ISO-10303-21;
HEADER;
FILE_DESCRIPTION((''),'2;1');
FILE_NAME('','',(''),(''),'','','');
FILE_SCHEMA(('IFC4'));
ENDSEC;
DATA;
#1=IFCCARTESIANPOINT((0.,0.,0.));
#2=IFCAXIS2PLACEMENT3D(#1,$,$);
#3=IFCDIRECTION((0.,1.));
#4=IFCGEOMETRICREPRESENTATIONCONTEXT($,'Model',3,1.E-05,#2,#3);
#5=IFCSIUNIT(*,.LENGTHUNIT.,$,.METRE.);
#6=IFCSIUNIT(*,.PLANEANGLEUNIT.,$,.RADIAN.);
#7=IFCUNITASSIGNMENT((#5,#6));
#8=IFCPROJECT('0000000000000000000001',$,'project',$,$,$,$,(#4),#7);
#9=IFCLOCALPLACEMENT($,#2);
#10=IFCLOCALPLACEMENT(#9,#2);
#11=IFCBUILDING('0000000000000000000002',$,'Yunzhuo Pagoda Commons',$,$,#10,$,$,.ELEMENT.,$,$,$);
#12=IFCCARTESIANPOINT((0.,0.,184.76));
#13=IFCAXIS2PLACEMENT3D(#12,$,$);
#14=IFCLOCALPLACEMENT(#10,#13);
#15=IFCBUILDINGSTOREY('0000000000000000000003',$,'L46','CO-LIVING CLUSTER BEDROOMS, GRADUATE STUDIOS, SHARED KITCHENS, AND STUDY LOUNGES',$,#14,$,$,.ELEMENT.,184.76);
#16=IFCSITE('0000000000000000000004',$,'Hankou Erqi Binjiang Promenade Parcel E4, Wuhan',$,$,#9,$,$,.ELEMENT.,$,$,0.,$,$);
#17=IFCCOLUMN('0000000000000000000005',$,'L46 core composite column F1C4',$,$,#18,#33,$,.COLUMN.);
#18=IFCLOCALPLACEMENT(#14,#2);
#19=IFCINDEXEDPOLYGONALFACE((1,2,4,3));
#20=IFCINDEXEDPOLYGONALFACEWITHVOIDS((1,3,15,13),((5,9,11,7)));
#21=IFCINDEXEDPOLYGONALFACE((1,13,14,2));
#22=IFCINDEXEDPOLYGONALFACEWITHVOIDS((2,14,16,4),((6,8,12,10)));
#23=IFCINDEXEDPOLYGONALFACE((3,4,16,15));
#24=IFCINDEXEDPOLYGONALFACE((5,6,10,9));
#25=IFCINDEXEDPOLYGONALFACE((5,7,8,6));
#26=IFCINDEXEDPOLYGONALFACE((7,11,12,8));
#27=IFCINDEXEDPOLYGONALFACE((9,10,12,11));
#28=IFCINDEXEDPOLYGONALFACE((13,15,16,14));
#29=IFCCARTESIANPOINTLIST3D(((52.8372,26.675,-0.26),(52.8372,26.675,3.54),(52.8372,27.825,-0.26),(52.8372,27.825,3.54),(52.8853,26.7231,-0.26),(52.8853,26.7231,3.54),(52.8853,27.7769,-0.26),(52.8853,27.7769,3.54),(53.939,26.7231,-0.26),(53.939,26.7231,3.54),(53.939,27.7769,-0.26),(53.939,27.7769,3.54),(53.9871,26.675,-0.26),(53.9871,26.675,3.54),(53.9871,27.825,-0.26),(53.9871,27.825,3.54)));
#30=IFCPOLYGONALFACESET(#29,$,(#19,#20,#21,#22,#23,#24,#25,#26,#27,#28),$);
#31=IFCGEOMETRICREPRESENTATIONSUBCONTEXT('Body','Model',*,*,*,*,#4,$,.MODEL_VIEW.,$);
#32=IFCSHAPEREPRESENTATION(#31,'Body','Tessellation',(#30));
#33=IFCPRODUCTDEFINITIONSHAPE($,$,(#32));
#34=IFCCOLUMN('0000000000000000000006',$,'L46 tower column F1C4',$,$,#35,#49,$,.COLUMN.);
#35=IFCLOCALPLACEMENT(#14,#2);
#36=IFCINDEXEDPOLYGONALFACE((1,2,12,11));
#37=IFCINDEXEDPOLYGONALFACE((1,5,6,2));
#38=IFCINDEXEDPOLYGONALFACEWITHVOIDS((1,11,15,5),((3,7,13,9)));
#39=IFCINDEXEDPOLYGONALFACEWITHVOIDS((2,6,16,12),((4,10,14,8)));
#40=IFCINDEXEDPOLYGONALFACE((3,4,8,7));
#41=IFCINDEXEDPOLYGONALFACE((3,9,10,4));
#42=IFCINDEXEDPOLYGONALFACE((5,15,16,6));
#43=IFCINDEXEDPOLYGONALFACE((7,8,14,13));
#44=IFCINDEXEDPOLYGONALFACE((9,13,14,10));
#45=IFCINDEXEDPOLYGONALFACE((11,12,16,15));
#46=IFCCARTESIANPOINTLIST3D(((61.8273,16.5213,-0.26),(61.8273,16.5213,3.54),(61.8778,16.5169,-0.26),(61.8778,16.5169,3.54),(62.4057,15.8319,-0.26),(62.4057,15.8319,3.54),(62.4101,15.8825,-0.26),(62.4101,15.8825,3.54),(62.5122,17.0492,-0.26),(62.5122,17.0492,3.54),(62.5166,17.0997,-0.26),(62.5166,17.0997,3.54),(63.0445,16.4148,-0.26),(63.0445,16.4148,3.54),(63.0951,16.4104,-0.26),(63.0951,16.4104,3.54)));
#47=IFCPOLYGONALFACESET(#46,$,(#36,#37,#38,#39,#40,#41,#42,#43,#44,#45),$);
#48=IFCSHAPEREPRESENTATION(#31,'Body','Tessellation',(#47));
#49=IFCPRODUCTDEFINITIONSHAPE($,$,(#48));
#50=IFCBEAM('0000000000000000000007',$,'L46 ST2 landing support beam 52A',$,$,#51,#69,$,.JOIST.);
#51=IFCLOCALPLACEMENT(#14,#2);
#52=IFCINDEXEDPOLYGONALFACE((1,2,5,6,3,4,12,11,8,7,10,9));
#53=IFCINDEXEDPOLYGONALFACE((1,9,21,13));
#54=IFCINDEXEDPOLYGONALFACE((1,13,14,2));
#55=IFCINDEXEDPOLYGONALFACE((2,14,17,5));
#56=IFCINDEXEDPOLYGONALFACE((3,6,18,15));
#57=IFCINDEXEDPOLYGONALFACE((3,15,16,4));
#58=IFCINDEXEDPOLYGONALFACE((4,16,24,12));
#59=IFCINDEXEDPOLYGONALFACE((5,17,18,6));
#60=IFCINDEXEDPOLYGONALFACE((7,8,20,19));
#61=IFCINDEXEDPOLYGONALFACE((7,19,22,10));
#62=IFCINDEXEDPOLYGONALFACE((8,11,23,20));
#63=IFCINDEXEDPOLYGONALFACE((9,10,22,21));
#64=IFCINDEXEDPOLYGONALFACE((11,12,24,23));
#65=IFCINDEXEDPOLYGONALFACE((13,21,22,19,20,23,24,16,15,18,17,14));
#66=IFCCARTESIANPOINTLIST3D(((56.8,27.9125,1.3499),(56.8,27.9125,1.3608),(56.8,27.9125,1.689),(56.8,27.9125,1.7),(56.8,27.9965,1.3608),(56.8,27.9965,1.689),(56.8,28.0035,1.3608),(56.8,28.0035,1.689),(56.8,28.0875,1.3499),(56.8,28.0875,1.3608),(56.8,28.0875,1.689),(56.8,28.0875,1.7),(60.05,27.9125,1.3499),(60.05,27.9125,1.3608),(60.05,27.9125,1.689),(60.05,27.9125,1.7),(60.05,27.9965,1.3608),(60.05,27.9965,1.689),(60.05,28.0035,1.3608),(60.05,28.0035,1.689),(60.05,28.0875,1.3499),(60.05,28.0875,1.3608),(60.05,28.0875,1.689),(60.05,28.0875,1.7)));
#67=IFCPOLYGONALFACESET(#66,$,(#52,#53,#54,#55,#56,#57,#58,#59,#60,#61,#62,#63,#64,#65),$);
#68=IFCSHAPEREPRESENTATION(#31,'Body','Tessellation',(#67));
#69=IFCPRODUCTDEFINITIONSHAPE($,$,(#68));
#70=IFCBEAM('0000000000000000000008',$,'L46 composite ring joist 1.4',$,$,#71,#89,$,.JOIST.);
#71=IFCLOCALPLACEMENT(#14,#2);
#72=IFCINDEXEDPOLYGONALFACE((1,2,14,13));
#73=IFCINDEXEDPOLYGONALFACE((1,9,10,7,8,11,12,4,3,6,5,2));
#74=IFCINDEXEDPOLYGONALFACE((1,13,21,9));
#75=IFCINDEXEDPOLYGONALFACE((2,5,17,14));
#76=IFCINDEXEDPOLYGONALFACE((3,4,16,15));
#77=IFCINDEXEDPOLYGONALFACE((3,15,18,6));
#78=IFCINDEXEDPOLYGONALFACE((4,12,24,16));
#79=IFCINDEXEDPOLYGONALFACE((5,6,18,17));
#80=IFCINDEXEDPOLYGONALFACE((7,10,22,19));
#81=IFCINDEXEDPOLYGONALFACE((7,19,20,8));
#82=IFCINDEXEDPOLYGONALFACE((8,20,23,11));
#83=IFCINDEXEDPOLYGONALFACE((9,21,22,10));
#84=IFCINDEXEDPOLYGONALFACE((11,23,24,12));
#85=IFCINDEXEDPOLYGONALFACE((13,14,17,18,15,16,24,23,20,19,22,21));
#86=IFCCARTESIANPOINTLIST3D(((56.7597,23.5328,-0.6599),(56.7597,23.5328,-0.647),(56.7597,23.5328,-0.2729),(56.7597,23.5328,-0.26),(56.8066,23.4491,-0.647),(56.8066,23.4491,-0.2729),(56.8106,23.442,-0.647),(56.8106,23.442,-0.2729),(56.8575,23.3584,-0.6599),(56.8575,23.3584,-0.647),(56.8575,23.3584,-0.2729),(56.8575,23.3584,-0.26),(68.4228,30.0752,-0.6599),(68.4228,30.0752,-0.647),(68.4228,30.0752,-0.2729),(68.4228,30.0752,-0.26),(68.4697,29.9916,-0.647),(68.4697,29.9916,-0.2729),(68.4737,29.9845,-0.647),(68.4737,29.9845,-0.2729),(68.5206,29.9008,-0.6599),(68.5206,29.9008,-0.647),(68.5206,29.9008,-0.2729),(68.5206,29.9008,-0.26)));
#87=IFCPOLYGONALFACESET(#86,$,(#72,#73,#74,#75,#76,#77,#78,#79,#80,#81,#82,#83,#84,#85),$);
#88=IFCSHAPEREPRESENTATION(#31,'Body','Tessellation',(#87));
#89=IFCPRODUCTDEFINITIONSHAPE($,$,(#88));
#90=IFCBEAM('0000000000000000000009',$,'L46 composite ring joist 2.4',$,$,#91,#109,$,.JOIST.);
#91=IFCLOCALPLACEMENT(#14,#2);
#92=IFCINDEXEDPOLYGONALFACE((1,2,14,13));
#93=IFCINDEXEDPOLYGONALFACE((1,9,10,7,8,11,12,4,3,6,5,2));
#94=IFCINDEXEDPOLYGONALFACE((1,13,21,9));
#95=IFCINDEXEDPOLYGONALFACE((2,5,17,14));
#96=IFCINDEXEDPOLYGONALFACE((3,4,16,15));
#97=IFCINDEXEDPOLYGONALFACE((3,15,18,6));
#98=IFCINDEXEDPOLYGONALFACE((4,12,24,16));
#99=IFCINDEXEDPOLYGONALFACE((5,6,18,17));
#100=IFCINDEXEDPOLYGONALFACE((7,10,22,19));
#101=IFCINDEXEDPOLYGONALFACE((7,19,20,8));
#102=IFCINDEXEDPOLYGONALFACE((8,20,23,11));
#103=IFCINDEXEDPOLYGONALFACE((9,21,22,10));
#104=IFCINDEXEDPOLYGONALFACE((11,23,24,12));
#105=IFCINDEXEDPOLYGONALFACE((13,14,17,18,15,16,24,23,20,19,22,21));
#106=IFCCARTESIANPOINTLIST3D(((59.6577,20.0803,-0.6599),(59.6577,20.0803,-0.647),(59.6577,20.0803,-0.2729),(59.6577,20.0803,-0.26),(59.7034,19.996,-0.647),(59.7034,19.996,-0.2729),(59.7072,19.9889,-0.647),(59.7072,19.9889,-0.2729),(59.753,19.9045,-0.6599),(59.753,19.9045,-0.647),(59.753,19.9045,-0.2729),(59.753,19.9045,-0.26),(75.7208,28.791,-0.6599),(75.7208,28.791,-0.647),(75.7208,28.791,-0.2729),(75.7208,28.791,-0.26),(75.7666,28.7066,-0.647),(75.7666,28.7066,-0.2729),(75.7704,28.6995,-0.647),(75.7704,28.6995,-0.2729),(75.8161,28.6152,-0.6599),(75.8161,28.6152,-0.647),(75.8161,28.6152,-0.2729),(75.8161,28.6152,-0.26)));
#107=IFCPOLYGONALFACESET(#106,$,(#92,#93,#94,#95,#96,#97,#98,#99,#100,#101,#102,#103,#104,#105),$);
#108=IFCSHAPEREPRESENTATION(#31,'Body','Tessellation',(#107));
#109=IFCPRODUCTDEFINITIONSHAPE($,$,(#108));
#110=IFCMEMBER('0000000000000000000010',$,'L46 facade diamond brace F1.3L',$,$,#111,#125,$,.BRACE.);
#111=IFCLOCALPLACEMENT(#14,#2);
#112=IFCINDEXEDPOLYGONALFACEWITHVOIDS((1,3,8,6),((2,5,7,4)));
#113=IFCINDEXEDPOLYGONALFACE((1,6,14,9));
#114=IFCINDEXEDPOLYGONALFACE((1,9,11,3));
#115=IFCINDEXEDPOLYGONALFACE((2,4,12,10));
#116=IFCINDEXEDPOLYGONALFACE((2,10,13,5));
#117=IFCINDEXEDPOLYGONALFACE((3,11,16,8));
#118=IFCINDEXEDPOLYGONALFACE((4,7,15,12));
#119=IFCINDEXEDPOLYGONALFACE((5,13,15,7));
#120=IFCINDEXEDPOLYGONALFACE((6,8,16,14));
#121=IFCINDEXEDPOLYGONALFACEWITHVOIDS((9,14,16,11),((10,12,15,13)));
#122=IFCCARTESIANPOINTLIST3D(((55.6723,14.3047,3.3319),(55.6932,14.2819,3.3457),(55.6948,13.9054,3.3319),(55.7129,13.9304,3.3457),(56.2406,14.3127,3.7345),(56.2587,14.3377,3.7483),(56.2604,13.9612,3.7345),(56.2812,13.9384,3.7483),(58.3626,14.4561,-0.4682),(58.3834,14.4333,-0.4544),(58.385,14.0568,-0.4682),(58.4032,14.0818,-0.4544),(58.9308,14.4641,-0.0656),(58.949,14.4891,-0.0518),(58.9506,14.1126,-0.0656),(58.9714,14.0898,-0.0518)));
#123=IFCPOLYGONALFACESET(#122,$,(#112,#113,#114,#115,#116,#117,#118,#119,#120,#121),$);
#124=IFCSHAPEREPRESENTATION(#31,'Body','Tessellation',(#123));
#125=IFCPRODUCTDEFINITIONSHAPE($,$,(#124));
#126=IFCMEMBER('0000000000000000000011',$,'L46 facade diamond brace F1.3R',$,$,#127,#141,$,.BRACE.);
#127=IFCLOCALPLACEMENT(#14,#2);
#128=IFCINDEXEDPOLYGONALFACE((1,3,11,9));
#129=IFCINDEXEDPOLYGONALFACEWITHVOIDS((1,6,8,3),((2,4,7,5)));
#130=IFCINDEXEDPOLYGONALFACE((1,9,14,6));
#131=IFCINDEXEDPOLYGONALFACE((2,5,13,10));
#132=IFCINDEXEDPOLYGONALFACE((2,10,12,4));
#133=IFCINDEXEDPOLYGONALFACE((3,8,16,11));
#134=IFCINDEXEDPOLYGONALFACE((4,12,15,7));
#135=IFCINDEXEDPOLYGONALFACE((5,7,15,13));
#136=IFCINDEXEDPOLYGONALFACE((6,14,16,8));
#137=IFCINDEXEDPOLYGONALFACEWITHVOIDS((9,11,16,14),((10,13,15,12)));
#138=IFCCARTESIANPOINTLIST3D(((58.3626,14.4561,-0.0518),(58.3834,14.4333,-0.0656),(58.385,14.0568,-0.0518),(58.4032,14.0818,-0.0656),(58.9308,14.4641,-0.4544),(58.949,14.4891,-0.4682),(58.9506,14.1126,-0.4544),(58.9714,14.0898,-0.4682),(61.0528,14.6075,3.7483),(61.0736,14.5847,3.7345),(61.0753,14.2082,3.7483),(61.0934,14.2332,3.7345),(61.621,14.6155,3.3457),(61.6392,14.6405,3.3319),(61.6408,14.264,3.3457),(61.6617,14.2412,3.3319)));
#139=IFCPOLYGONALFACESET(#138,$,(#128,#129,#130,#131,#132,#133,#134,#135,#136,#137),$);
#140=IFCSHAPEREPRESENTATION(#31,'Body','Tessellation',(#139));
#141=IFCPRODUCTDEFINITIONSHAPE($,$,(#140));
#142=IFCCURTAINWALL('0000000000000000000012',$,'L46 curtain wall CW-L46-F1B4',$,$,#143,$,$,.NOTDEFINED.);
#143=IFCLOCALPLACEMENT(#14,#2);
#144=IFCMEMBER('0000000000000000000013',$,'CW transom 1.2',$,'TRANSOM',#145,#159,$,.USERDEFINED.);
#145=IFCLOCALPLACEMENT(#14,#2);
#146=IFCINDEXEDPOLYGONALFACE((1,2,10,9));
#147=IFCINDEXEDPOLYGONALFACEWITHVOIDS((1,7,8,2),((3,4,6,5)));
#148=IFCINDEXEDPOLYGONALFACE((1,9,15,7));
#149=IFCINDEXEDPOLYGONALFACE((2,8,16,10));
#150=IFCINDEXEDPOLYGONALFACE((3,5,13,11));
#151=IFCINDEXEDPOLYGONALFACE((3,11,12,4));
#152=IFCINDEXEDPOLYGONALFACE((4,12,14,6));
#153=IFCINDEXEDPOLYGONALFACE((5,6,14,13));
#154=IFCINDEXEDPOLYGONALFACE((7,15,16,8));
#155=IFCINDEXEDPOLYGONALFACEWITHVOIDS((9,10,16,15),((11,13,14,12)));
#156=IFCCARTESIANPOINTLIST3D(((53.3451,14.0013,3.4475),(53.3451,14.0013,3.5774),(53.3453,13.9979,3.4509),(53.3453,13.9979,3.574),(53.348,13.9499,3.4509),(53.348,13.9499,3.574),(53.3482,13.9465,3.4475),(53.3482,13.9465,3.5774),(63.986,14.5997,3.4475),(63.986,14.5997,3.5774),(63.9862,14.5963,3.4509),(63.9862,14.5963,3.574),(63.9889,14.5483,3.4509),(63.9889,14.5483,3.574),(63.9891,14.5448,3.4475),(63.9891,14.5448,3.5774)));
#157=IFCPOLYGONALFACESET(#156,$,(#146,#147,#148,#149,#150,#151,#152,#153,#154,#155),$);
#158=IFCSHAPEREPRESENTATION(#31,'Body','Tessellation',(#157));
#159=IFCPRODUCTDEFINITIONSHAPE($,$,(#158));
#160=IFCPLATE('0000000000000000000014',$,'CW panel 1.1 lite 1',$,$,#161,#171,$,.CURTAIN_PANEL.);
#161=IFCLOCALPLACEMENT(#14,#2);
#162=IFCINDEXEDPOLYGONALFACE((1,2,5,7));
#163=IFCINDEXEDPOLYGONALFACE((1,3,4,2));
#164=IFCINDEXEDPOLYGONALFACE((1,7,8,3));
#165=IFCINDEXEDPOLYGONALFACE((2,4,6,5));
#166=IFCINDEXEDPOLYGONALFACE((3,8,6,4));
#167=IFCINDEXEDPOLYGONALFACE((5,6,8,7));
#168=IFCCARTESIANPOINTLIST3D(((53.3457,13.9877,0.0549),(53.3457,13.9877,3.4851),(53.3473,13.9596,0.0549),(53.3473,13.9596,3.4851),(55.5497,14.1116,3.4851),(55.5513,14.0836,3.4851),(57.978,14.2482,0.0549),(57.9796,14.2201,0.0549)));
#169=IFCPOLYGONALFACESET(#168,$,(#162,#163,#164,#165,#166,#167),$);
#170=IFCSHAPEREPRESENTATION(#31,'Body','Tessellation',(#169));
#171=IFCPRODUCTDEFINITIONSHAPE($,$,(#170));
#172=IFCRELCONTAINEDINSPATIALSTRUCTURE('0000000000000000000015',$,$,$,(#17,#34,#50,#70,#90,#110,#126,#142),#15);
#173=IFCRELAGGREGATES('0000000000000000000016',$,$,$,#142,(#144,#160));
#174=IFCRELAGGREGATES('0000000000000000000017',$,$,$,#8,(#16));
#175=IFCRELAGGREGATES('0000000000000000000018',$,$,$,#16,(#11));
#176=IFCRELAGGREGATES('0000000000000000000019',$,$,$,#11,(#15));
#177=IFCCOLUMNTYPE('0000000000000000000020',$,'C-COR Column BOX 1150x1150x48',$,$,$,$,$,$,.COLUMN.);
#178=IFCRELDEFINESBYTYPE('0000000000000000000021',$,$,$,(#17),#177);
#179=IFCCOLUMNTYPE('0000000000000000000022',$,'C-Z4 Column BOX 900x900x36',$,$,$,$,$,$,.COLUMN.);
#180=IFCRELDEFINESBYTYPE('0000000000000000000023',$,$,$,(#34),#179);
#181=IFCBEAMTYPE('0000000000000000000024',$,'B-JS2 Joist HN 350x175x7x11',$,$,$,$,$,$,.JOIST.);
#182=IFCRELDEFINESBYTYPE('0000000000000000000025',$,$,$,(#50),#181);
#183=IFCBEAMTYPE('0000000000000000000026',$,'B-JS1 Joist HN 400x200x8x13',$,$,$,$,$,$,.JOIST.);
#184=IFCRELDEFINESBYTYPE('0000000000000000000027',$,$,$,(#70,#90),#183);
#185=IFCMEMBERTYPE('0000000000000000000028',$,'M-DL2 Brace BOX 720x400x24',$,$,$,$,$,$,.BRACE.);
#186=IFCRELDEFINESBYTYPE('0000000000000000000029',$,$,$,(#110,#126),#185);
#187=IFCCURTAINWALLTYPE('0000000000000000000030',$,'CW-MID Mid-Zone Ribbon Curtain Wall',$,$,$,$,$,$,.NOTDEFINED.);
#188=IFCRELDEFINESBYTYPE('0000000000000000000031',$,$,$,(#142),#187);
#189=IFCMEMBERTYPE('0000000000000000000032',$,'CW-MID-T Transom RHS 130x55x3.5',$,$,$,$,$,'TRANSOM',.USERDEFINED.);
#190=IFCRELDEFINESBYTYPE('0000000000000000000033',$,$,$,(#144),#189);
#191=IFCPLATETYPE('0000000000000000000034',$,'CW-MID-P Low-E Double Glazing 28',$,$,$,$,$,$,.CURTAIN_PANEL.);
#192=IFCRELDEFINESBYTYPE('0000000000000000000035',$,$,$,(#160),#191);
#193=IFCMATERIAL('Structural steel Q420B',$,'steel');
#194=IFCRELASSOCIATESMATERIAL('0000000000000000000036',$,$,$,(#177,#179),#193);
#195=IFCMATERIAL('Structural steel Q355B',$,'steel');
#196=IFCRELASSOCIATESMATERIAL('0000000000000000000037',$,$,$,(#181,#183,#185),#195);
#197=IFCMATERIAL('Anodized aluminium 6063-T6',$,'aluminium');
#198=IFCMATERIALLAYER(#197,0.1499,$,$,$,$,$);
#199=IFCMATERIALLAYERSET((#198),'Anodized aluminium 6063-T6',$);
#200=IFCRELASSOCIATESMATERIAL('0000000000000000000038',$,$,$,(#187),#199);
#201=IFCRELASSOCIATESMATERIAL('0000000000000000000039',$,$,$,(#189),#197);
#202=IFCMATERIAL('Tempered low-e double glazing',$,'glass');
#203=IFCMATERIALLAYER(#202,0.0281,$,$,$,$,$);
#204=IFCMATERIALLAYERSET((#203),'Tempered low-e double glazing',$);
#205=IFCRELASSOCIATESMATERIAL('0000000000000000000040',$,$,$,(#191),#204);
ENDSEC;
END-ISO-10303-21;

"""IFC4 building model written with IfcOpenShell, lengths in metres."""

from ifc_helpers import new_model, si_unit, direction, frame, origin, origin_2d, place, context, subcontext, project, spatial, polyline, hollow_rectangle, i_section, outline, extrude, source, transform, mapped, material, layer, layer_set, material_profile, profile_set, type_object, element, aggregate, save


model = new_model("IFC4")

# Units and contexts
model_context = context("Model", 3, precision=1e-05, world=origin(), true_north=direction((0.0, 1.0)))
body_context = subcontext(model_context, "Body", "Model", "MODEL_VIEW")
ifc_project = project(units=[si_unit("LENGTHUNIT", "METRE"), si_unit("PLANEANGLEUNIT", "RADIAN")], contexts=[model_context])

# Site, building, storey
site_placement = place(None, origin())
site = spatial("IfcSite", under=ifc_project, at=site_placement, Name="Hankou Erqi Binjiang Promenade Parcel E4, Wuhan", CompositionType="ELEMENT", RefElevation=0.0)
building_placement = place(site_placement, origin())
building = spatial("IfcBuilding", under=site, at=building_placement, Name="Yunzhuo Pagoda Commons", CompositionType="ELEMENT")
storey_placement = place(building_placement, frame((0.0, 0.0, 184.76)))
storey = spatial("IfcBuildingStorey", under=building, at=storey_placement, Name="L46", Description="CO-LIVING CLUSTER BEDROOMS, GRADUATE STUDIOS, SHARED KITCHENS, AND STUDY LOUNGES", CompositionType="ELEMENT", Elevation=184.76)

# Columns
ifc_material_1 = material(Name="Structural steel Q420B", Category="steel")
ifc_material_profile_1 = material_profile(ifc_material_1, hollow_rectangle(XDim=1.1499, YDim=1.1499, WallThickness=0.0481, at=origin_2d()), Name="Structural steel Q420B")
ifc_profile_set_1 = profile_set([ifc_material_profile_1], Name="Structural steel Q420B")
column_type_1 = type_object("IfcColumnType", Name="C-COR Column BOX 1150x1150x48", PredefinedType="COLUMN", material=ifc_profile_set_1)
shared_shape_1 = source(origin(), body_context, "Body", "SweptSolid", [
    extrude(hollow_rectangle(XDim=1.1499, YDim=1.1499, WallThickness=0.0481, at=origin_2d()), origin(), (0.0, 0.0, 1.0), 3.8),
])
column_1_placement = place(storey_placement, frame((53.4121, 27.25, -0.26), z_axis=(0.0, 0.0, 1.0), x_axis=(1.0, 0.0, 0.0)))
element("IfcColumn", 1, at=column_1_placement, inside=storey, type_object=column_type_1, Name="L46 core composite column F1C4", PredefinedType="COLUMN", context=body_context, shape_type="MappedRepresentation", body=[
    mapped(shared_shape_1, transform((0.0, 0.0, 0.0), scale=1.0)),
])
ifc_material_profile_2 = material_profile(ifc_material_1, hollow_rectangle(XDim=0.8999, YDim=0.8999, WallThickness=0.0359, at=origin_2d()), Name="Structural steel Q420B")
ifc_profile_set_2 = profile_set([ifc_material_profile_2], Name="Structural steel Q420B")
column_type_2 = type_object("IfcColumnType", Name="C-Z4 Column BOX 900x900x36", PredefinedType="COLUMN", material=ifc_profile_set_2)
shared_shape_2 = source(origin(), body_context, "Body", "SweptSolid", [
    extrude(hollow_rectangle(XDim=0.8999, YDim=0.8999, WallThickness=0.0359, at=origin_2d()), origin(), (0.0, 0.0, 1.0), 3.8),
])
column_2_placement = place(storey_placement, frame((62.4612, 16.4658, -0.26), z_axis=(0.0, 0.0, 1.0), x_axis=(0.766044, 0.642788, 0.0)))
element("IfcColumn", 2, at=column_2_placement, inside=storey, type_object=column_type_2, Name="L46 tower column F1C4", PredefinedType="COLUMN", context=body_context, shape_type="MappedRepresentation", body=[
    mapped(shared_shape_2, transform((0.0, 0.0, 0.0), scale=1.0)),
])

# Beams
ifc_material_2 = material(Name="Structural steel Q355B", Category="steel")
ifc_material_profile_3 = material_profile(ifc_material_2, i_section(OverallWidth=0.175, OverallDepth=0.3501, WebThickness=0.0071, FlangeThickness=0.011, at=origin_2d()), Name="Structural steel Q355B")
ifc_profile_set_3 = profile_set([ifc_material_profile_3], Name="Structural steel Q355B")
beam_type_1 = type_object("IfcBeamType", Name="B-JS2 Joist HN 350x175x7x11", PredefinedType="JOIST", material=ifc_profile_set_3)
shared_shape_3 = source(origin(), body_context, "Body", "SweptSolid", [
    extrude(i_section(OverallWidth=0.175, OverallDepth=0.3501, WebThickness=0.0071, FlangeThickness=0.011, at=origin_2d()), origin(), (0.0, 0.0, 1.0), 3.25),
])
beam_1_placement = place(storey_placement, frame((56.8, 28.0, 1.5249), z_axis=(1.0, 0.0, 0.0), x_axis=(0.0, 1.0, 0.0)))
element("IfcBeam", 3, at=beam_1_placement, inside=storey, type_object=beam_type_1, Name="L46 ST2 landing support beam 52A", PredefinedType="JOIST", context=body_context, shape_type="MappedRepresentation", body=[
    mapped(shared_shape_3, transform((0.0, 0.0, 0.0), scale=1.0)),
])
ifc_material_profile_4 = material_profile(ifc_material_2, i_section(OverallWidth=0.2, OverallDepth=0.3999, WebThickness=0.0081, FlangeThickness=0.0129, at=origin_2d()), Name="Structural steel Q355B")
ifc_profile_set_4 = profile_set([ifc_material_profile_4], Name="Structural steel Q355B")
beam_type_2 = type_object("IfcBeamType", Name="B-JS1 Joist HN 400x200x8x13", PredefinedType="JOIST", material=ifc_profile_set_4)
shared_shape_4 = source(origin(), body_context, "Body", "SweptSolid", [
    extrude(i_section(OverallWidth=0.2, OverallDepth=0.3999, WebThickness=0.0081, FlangeThickness=0.0129, at=origin_2d()), origin(), (0.0, 0.0, 1.0), 13.3728),
])
beam_2_placement = place(storey_placement, frame((56.8086, 23.4456, -0.46), z_axis=(0.87215, 0.489238, 0.0), x_axis=(-0.489238, 0.87215, 0.0)))
element("IfcBeam", 4, at=beam_2_placement, inside=storey, type_object=beam_type_2, Name="L46 composite ring joist 1.4", PredefinedType="JOIST", context=body_context, shape_type="MappedRepresentation", body=[
    mapped(shared_shape_4, transform((0.0, 0.0, 0.0), scale=1.0)),
])
shared_shape_5 = source(origin(), body_context, "Body", "SweptSolid", [
    extrude(i_section(OverallWidth=0.2, OverallDepth=0.3999, WebThickness=0.0081, FlangeThickness=0.0129, at=origin_2d()), origin(), (0.0, 0.0, 1.0), 18.2729),
])
beam_3_placement = place(storey_placement, frame((59.7053, 19.9924, -0.46), z_axis=(0.879068, 0.476697, 0.0), x_axis=(-0.476697, 0.879068, 0.0)))
element("IfcBeam", 5, at=beam_3_placement, inside=storey, type_object=beam_type_2, Name="L46 composite ring joist 2.4", PredefinedType="JOIST", context=body_context, shape_type="MappedRepresentation", body=[
    mapped(shared_shape_5, transform((0.0, 0.0, 0.0), scale=1.0)),
])

# Members
ifc_material_profile_5 = material_profile(ifc_material_2, hollow_rectangle(XDim=0.3999, YDim=0.72, WallThickness=0.0239, at=origin_2d()), Name="Structural steel Q355B")
ifc_profile_set_5 = profile_set([ifc_material_profile_5], Name="Structural steel Q355B")
member_type_1 = type_object("IfcMemberType", Name="M-DL2 Brace BOX 720x400x24", PredefinedType="BRACE", material=ifc_profile_set_5)
shared_shape_6 = source(origin(), body_context, "Body", "SweptSolid", [
    extrude(hollow_rectangle(XDim=0.3999, YDim=0.72, WallThickness=0.0239, at=origin_2d()), origin(), (0.0, 0.0, 1.0), 4.6584),
])
for number, where, z_axis, x_axis, name in (
    (6, (58.667, 14.2729, -0.26), (-0.577495, -0.032494, 0.815747), (0.056178, -0.998421, 0.0), "L46 facade diamond brace F1.3L"),
    (7, (58.667, 14.2729, -0.26), (0.577495, 0.032494, 0.815747), (-0.056178, 0.998421, 0.0), "L46 facade diamond brace F1.3R"),
):
    element("IfcMember", number, at=place(storey_placement, frame(where, z_axis=z_axis, x_axis=x_axis)), inside=storey, type_object=member_type_1, Name=name, PredefinedType="BRACE", context=body_context, shape_type="MappedRepresentation", body=[
        mapped(shared_shape_6, transform((0.0, 0.0, 0.0), scale=1.0)),
    ])

# Curtain wall, member, plate
ifc_material_3 = material(Name="Anodized aluminium 6063-T6", Category="aluminium")
ifc_layer_1 = layer(ifc_material_3, 0.1499)
ifc_layer_set_1 = layer_set([ifc_layer_1], Name="Anodized aluminium 6063-T6")
curtain_wall_type = type_object("IfcCurtainWallType", Name="CW-MID Mid-Zone Ribbon Curtain Wall", PredefinedType="NOTDEFINED", material=ifc_layer_set_1)
curtain_wall_placement = place(storey_placement, origin())
curtain_wall = element("IfcCurtainWall", 8, at=curtain_wall_placement, inside=storey, type_object=curtain_wall_type, Name="L46 curtain wall CW-L46-F1B4", PredefinedType="NOTDEFINED")
ifc_material_profile_6 = material_profile(ifc_material_3, hollow_rectangle(XDim=0.0549, YDim=0.1299, WallThickness=0.0034, at=origin_2d()), Name="Anodized aluminium 6063-T6")
ifc_profile_set_6 = profile_set([ifc_material_profile_6], Name="Anodized aluminium 6063-T6")
member_type_2 = type_object("IfcMemberType", Name="CW-MID-T Transom RHS 130x55x3.5", ElementType="TRANSOM", PredefinedType="USERDEFINED", material=ifc_profile_set_6)
shared_shape_7 = source(origin(), body_context, "Body", "SweptSolid", [
    extrude(hollow_rectangle(XDim=0.0549, YDim=0.1299, WallThickness=0.0034, at=origin_2d()), origin(), (0.0, 0.0, 1.0), 10.6577),
])
member_placement = place(storey_placement, frame((53.3467, 13.9739, 3.5125), z_axis=(0.998423, 0.056146, 0.0), x_axis=(-0.056146, 0.998423, 0.0)))
member = element("IfcMember", 9, at=member_placement, type_object=member_type_2, Name="CW transom 1.2", ObjectType="TRANSOM", PredefinedType="USERDEFINED", context=body_context, shape_type="MappedRepresentation", body=[
    mapped(shared_shape_7, transform((0.0, 0.0, 0.0), scale=1.0)),
])
ifc_material_4 = material(Name="Tempered low-e double glazing", Category="glass")
ifc_layer_2 = layer(ifc_material_4, 0.0281)
ifc_layer_set_2 = layer_set([ifc_layer_2], Name="Tempered low-e double glazing")
plate_type_1 = type_object("IfcPlateType", Name="CW-MID-P Low-E Double Glazing 28", PredefinedType="CURTAIN_PANEL", material=ifc_layer_set_2)
plate_1_placement = place(storey_placement, frame((55.6619, 14.1179, 1.77), z_axis=(0.056143, -0.998423, 0.0), x_axis=(0.998423, 0.056143, 0.0)))
plate_1 = element("IfcPlate", 10, at=plate_1_placement, type_object=plate_type_1, Name="CW panel 1.1 lite 1", PredefinedType="CURTAIN_PANEL", context=body_context, shape_type="SweptSolid", body=[
    extrude(outline(polyline([(-2.3198, -1.7151), (2.3198, -1.7151), (-0.1123, 1.7151), (-2.3198, 1.7151), (-2.3198, -1.7151)])), origin(), (0.0, 0.0, 1.0), 0.0281),
])
aggregate(curtain_wall, [member, plate_1])

save(model, "model.ifc")
